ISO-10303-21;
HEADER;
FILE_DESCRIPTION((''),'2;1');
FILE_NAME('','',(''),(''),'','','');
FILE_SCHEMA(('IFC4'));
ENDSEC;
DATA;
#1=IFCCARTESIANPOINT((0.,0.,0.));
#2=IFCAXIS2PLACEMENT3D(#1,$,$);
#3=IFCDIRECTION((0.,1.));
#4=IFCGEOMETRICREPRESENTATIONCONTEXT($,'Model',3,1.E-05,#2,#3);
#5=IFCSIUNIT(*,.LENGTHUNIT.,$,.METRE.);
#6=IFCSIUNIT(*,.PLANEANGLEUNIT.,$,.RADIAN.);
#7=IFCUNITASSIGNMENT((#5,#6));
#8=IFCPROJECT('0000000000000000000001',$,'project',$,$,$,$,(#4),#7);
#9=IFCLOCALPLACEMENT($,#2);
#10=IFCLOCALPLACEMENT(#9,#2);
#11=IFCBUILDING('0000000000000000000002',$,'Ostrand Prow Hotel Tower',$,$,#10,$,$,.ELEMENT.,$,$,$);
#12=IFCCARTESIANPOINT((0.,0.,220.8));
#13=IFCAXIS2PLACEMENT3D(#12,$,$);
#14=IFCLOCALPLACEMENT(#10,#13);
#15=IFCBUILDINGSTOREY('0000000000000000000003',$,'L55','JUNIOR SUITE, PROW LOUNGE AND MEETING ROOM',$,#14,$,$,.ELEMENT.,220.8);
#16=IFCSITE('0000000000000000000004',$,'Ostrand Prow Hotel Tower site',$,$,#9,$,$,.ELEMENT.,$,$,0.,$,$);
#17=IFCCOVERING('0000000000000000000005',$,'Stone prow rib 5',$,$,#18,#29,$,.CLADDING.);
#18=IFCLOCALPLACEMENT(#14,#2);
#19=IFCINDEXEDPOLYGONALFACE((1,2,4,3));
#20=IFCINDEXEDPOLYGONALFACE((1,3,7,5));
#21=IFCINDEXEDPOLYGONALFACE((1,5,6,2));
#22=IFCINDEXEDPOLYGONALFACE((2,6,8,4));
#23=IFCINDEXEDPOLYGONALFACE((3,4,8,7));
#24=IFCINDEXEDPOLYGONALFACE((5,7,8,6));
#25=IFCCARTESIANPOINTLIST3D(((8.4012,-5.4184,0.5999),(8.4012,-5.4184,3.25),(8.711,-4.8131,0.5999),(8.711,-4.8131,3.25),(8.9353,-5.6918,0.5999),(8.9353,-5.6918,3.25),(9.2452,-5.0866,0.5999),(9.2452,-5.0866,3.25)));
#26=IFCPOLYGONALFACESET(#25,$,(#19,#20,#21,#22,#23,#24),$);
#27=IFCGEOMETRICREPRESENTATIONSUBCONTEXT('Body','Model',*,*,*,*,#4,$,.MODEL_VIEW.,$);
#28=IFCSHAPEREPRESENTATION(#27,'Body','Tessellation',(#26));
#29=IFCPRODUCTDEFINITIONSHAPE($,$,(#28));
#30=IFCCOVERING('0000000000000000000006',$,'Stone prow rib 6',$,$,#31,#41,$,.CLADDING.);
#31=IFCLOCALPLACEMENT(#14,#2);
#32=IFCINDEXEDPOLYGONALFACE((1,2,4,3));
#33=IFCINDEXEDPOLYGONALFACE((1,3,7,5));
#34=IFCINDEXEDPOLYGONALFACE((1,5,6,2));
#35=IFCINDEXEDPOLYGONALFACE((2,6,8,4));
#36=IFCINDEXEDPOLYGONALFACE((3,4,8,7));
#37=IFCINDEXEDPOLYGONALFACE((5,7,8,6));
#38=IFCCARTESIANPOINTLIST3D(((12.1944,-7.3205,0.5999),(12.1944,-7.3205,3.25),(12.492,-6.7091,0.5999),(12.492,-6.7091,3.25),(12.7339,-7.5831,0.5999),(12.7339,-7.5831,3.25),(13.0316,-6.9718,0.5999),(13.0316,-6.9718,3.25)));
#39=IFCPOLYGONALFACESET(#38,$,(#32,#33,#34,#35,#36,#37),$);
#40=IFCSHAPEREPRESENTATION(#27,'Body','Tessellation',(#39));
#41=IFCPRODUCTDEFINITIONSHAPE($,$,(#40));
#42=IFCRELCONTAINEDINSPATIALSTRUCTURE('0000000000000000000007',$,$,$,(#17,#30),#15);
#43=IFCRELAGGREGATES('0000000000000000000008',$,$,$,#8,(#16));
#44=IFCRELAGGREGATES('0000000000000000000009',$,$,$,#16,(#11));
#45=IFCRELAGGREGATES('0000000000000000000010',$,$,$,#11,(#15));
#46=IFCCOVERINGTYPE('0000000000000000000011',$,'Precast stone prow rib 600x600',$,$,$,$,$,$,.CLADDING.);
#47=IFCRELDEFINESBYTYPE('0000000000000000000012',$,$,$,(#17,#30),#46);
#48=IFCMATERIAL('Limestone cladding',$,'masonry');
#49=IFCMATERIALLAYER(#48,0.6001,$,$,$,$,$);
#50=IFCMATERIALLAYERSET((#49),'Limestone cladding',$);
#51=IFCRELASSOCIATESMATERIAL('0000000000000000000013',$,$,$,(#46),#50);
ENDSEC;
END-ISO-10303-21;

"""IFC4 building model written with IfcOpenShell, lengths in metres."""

from ifc_helpers import new_model, si_unit, direction, frame, frame_2d, origin, place, context, subcontext, project, spatial, rectangle, extrude, material, layer, layer_set, type_object, element, save


model = new_model("IFC4")

# Units and contexts
model_context = context("Model", 3, precision=1e-05, world=origin(), true_north=direction((0.0, 1.0)))
body_context = subcontext(model_context, "Body", "Model", "MODEL_VIEW")
ifc_project = project(units=[si_unit("LENGTHUNIT", "METRE"), si_unit("PLANEANGLEUNIT", "RADIAN")], contexts=[model_context])

# Site, building, storey
site_placement = place(None, origin())
site = spatial("IfcSite", under=ifc_project, at=site_placement, Name="Ostrand Prow Hotel Tower site", CompositionType="ELEMENT", RefElevation=0.0)
building_placement = place(site_placement, origin())
building = spatial("IfcBuilding", under=site, at=building_placement, Name="Ostrand Prow Hotel Tower", CompositionType="ELEMENT")
storey_placement = place(building_placement, frame((0.0, 0.0, 220.8)))
storey = spatial("IfcBuildingStorey", under=building, at=storey_placement, Name="L55", Description="JUNIOR SUITE, PROW LOUNGE AND MEETING ROOM", CompositionType="ELEMENT", Elevation=220.8)

# Coverings
ifc_material_1 = material(Name="Limestone cladding", Category="masonry")
ifc_layer_1 = layer(ifc_material_1, 0.6001)
ifc_layer_set_1 = layer_set([ifc_layer_1], Name="Limestone cladding")
covering_type_1 = type_object("IfcCoveringType", Name="Precast stone prow rib 600x600", PredefinedType="CLADDING", material=ifc_layer_set_1)
for number, where, z_axis, x_axis, name in (
    (1, (8.978, -4.95, 0.5999), (0.0, 0.0, 1.0), (-0.455668, -0.89015, 0.0), "Stone prow rib 5"),
    (2, (12.7617, -6.8406, 0.5999), (0.0, 0.0, 1.0), (-0.437709, -0.899117, 0.0), "Stone prow rib 6"),
):
    element("IfcCovering", number, at=place(storey_placement, frame(where, z_axis=z_axis, x_axis=x_axis)), inside=storey, type_object=covering_type_1, Name=name, PredefinedType="CLADDING", context=body_context, shape_type="SweptSolid", body=[
        extrude(rectangle(XDim=0.6799, YDim=0.6001, at=frame_2d((0.3398, 0.0))), origin(), (0.0, 0.0, 1.0), 2.6501),
    ])

save(model, "model.ifc")
